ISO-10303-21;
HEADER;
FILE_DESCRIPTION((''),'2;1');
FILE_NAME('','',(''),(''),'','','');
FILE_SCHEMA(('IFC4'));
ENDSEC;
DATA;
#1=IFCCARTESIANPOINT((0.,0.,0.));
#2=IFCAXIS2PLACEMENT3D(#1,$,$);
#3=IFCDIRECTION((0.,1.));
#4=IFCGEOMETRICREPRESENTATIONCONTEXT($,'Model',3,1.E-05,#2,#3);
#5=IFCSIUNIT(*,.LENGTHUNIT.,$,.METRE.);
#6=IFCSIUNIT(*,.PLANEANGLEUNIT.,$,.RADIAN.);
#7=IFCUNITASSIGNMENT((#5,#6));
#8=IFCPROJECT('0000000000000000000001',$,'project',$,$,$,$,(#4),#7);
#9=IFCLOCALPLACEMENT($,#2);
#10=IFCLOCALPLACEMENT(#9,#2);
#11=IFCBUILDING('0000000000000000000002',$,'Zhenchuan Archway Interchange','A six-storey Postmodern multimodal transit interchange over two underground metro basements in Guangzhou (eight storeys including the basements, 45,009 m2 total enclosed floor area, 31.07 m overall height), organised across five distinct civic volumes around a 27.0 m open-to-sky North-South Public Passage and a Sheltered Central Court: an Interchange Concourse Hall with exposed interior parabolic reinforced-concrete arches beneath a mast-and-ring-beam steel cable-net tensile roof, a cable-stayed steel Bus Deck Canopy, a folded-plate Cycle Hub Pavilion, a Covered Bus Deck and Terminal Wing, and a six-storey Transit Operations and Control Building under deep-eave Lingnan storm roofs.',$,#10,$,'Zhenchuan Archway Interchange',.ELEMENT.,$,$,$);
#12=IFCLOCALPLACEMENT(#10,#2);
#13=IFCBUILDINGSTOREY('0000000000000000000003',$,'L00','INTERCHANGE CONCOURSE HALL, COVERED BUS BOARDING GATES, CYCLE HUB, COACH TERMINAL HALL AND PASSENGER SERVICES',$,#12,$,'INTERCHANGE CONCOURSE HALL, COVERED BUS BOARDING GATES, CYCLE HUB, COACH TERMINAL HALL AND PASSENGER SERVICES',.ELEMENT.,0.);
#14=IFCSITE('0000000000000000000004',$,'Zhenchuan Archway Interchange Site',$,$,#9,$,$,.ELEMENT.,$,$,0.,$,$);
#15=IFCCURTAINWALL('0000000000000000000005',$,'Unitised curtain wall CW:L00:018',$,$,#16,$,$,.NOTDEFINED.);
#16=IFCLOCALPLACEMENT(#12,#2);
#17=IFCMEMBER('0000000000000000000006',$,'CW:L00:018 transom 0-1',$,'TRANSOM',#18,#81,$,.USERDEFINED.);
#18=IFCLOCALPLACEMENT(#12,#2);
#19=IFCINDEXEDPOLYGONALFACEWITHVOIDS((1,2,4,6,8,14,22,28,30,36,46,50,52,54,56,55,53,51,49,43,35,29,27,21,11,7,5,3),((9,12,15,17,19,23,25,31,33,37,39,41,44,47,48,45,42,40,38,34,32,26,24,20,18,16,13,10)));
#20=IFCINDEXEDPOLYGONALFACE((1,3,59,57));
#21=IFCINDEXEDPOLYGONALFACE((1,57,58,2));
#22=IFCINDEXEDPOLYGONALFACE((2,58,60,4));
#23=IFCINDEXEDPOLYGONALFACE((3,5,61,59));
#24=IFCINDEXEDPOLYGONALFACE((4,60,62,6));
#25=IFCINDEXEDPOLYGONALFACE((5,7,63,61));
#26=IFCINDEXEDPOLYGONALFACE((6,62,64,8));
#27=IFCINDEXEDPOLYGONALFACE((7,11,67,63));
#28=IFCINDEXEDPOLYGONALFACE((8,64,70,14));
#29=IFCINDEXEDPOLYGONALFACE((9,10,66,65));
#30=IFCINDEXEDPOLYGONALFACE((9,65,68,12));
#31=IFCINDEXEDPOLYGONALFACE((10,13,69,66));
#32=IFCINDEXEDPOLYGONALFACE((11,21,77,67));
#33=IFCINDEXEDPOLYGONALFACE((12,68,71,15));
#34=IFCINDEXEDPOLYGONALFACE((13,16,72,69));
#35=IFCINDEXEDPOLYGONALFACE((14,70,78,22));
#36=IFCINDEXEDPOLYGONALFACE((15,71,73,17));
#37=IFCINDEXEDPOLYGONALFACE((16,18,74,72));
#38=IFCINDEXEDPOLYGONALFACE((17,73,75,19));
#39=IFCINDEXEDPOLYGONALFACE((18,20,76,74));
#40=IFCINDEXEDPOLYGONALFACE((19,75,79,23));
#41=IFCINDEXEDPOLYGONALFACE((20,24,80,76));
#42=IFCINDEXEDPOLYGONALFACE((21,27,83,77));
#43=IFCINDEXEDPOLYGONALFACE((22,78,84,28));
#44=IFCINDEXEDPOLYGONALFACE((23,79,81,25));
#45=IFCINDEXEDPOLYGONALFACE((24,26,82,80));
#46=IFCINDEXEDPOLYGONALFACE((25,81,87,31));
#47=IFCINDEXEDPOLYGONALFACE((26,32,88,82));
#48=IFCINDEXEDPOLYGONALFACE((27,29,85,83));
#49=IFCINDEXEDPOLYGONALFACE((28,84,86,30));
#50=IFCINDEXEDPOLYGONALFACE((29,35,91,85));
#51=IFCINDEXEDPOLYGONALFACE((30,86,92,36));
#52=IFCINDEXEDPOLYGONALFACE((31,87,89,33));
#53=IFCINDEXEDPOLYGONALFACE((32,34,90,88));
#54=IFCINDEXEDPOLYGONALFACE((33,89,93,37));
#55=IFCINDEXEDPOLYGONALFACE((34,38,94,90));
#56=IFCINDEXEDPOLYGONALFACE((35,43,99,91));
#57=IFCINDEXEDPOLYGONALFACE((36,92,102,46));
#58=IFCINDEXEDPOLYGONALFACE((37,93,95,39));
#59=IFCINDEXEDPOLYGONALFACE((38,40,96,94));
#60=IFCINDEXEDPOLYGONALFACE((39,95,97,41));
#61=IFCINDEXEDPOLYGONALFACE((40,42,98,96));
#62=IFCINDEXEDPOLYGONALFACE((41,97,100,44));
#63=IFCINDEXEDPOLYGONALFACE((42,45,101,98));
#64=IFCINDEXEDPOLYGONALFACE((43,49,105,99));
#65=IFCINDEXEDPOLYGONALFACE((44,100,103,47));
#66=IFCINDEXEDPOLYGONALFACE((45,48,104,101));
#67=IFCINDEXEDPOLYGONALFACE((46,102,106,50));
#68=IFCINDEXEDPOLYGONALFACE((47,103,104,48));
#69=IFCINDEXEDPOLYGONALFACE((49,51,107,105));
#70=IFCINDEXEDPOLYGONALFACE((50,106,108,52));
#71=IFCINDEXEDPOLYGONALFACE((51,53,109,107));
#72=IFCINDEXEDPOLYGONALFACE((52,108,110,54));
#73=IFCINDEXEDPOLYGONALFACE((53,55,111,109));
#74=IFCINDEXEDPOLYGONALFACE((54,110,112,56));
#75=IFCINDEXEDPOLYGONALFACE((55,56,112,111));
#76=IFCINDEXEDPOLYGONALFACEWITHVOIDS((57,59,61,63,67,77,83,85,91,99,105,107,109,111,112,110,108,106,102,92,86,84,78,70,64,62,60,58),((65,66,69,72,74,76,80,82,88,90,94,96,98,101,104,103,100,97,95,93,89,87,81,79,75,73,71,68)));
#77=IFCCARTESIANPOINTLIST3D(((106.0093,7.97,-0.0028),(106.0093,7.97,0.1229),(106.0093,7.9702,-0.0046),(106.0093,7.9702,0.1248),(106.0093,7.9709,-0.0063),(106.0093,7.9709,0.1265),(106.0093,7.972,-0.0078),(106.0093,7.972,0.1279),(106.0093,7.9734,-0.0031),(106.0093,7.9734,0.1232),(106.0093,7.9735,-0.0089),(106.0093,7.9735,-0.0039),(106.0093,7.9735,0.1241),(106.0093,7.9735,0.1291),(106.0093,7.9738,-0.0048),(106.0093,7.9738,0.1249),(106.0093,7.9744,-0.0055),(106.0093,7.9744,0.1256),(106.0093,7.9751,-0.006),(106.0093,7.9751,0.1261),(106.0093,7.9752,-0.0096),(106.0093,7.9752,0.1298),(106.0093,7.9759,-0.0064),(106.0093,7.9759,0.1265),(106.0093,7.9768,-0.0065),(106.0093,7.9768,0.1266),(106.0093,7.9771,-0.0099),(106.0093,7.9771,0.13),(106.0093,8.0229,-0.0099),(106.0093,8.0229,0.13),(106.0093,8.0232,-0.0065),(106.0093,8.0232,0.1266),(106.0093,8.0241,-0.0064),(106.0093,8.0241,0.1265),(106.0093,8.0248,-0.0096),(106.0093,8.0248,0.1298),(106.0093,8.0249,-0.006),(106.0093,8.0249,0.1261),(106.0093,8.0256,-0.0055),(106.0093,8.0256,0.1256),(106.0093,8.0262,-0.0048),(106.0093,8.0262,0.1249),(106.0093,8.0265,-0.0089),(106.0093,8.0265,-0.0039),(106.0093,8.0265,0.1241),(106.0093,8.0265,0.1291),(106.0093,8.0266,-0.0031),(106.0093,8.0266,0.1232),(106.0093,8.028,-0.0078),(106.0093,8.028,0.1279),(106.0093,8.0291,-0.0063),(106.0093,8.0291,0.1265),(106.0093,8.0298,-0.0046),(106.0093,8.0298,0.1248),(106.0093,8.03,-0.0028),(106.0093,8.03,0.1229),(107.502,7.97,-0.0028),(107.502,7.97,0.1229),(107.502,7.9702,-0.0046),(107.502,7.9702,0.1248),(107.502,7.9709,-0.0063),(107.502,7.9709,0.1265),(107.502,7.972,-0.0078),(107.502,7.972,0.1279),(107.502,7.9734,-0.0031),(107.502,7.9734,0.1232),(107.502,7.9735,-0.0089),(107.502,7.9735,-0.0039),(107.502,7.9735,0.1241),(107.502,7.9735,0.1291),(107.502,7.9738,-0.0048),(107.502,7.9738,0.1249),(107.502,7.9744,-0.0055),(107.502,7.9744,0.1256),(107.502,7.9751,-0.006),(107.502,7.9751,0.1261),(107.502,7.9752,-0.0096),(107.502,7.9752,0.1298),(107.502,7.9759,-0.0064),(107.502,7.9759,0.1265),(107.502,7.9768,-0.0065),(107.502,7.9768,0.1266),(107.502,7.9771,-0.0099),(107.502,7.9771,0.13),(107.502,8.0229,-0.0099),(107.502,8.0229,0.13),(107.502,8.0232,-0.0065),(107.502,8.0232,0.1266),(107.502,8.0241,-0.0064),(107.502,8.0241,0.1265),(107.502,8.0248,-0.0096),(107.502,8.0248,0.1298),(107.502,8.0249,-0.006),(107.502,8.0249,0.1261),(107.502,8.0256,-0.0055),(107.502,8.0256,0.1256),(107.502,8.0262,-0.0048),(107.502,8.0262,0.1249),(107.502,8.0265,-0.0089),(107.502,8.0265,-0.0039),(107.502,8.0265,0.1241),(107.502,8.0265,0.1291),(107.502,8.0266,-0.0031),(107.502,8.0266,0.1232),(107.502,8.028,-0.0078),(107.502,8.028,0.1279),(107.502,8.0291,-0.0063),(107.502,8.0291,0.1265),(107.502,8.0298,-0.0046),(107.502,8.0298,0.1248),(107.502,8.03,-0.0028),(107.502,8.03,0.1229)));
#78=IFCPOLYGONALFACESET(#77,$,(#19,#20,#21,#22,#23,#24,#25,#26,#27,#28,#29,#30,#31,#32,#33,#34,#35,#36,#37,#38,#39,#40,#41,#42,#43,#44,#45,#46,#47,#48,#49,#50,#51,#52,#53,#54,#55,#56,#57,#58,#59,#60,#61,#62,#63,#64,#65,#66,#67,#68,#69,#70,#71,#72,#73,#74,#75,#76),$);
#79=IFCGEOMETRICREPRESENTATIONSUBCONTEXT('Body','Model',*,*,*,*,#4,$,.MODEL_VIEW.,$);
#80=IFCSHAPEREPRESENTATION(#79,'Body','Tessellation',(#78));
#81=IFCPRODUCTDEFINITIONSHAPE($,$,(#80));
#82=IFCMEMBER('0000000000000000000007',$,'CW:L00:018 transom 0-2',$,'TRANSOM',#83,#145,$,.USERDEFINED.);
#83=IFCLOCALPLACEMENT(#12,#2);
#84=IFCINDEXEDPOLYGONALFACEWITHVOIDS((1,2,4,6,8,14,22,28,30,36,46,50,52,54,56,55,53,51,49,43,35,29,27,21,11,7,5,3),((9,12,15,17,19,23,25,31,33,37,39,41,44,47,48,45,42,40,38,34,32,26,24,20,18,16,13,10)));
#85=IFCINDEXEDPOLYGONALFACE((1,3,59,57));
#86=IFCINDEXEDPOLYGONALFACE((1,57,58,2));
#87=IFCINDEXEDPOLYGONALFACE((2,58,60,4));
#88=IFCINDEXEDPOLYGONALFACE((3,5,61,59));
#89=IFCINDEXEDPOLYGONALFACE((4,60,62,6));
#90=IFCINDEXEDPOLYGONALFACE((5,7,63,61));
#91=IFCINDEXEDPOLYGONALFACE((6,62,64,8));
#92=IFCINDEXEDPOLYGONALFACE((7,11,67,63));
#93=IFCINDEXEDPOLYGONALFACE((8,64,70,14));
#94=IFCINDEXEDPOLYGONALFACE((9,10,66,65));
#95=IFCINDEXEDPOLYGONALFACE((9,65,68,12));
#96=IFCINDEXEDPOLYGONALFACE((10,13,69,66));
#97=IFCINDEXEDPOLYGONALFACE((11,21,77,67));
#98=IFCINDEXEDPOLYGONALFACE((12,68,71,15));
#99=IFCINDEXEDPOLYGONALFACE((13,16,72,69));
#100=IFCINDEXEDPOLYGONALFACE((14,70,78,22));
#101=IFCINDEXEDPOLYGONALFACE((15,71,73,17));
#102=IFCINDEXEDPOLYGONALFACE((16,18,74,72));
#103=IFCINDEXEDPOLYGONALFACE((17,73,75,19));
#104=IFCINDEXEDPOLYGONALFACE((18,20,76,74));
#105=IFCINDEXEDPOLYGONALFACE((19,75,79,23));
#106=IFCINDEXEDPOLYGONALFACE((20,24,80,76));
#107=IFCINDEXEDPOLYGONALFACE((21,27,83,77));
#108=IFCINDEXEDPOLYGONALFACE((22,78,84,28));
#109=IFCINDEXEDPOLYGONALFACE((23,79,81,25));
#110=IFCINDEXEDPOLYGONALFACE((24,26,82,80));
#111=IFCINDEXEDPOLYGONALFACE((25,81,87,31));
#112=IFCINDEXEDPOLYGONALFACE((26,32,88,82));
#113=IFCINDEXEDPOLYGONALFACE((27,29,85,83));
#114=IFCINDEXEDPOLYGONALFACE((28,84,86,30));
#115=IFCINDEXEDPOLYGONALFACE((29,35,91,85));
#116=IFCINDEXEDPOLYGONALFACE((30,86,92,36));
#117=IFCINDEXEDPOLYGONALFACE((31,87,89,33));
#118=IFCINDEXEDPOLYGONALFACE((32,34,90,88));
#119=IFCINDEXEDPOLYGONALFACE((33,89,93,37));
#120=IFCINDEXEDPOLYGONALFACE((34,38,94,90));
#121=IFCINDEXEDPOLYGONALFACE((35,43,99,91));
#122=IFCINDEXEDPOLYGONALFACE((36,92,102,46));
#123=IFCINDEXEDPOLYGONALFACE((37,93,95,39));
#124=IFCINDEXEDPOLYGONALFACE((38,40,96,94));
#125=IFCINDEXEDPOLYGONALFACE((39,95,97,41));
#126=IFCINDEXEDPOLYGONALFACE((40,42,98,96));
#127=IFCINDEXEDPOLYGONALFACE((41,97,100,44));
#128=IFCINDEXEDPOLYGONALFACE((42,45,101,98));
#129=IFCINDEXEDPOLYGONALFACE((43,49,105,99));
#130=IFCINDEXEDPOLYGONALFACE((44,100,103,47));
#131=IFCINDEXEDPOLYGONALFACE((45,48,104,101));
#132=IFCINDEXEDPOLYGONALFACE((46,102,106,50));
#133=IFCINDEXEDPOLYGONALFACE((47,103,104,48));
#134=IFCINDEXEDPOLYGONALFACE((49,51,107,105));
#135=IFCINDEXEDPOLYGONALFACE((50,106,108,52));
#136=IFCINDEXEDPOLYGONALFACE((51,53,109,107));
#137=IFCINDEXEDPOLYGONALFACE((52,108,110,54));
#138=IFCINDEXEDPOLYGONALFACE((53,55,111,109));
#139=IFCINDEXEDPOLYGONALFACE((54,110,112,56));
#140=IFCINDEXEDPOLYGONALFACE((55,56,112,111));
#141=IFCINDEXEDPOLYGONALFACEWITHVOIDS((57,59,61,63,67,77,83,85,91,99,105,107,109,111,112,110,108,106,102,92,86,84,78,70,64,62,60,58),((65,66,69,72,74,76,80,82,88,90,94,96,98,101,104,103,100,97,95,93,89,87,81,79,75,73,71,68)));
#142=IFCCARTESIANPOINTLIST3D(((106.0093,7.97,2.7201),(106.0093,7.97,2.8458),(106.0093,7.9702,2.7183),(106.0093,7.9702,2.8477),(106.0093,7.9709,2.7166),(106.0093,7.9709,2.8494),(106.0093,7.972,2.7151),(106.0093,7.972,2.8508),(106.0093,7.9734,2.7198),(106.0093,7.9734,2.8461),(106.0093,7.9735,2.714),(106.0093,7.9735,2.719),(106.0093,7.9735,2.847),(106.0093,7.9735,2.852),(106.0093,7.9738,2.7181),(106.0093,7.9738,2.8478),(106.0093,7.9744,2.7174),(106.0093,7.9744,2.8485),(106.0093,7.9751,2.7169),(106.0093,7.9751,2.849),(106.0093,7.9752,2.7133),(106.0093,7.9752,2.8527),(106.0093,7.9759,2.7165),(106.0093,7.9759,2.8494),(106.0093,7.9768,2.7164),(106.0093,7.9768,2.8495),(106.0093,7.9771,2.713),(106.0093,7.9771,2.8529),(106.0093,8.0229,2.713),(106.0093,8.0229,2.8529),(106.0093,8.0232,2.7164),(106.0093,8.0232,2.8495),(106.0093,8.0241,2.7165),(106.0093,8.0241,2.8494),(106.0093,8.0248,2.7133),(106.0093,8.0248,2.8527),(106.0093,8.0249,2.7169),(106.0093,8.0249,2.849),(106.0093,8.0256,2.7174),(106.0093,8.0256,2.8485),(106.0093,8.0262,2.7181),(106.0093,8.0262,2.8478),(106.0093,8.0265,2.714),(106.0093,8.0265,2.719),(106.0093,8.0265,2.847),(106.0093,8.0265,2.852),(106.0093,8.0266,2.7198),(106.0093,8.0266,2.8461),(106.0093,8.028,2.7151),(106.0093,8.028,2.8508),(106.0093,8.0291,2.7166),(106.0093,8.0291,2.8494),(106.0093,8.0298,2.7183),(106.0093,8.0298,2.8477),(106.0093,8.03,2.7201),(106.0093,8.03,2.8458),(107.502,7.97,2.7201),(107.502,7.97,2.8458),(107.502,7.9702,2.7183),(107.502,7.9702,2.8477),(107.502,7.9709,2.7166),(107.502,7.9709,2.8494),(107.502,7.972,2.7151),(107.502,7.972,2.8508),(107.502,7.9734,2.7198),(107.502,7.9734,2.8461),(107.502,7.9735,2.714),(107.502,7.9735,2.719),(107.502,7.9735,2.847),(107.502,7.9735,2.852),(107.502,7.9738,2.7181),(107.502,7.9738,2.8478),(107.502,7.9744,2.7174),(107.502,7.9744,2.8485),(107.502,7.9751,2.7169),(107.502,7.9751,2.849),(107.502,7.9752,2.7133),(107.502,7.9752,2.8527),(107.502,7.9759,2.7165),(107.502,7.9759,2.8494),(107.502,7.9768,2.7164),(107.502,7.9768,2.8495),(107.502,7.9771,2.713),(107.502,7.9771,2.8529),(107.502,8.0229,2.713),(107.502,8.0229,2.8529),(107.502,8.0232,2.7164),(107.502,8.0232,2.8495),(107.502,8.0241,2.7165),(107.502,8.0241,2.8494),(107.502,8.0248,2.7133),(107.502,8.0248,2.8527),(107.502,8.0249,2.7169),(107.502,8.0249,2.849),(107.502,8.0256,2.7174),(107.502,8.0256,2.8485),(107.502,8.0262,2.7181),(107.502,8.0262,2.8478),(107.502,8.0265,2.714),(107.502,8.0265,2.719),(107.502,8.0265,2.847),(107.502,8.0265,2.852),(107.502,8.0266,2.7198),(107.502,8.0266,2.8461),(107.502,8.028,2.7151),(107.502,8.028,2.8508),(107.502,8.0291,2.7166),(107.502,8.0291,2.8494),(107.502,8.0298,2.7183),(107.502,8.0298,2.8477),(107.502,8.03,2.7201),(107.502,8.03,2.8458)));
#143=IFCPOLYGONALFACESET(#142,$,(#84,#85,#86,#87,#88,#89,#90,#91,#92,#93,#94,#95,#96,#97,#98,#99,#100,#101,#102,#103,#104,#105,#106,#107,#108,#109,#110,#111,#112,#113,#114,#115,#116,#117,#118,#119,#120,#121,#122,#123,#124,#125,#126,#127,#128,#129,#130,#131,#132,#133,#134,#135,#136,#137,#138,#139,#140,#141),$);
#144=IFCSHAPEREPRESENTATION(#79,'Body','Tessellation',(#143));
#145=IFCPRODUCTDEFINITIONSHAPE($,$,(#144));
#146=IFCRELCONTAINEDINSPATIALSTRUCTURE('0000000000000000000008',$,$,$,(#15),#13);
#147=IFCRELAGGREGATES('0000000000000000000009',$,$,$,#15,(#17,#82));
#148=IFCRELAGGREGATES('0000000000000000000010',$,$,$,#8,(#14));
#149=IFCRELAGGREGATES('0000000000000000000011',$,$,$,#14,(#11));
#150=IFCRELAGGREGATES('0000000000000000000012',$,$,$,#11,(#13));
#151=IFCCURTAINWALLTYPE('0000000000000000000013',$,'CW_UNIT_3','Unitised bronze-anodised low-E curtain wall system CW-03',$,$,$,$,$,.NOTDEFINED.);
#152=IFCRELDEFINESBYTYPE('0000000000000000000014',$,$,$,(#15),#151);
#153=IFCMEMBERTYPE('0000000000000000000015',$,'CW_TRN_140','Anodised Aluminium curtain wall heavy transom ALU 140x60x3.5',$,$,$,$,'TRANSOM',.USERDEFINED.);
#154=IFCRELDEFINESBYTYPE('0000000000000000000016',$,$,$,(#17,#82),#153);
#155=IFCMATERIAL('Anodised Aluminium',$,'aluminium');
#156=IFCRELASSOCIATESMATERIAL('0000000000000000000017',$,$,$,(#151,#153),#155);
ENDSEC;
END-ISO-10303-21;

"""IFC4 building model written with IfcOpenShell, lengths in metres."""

from ifc_helpers import new_model, si_unit, direction, frame, origin, origin_2d, place, context, subcontext, project, spatial, hollow_rectangle, extrude, material, material_profile, profile_set, type_object, element, aggregate, save


model = new_model("IFC4")

# Units and contexts
model_context = context("Model", 3, precision=1e-05, world=origin(), true_north=direction((0.0, 1.0)))
body_context = subcontext(model_context, "Body", "Model", "MODEL_VIEW")
ifc_project = project(units=[si_unit("LENGTHUNIT", "METRE"), si_unit("PLANEANGLEUNIT", "RADIAN")], contexts=[model_context])

# Site, building, storey
site_placement = place(None, origin())
site = spatial("IfcSite", under=ifc_project, at=site_placement, Name="Zhenchuan Archway Interchange Site", CompositionType="ELEMENT", RefElevation=0.0)
building_placement = place(site_placement, origin())
building = spatial("IfcBuilding", under=site, at=building_placement, Name="Zhenchuan Archway Interchange", Description="A six-storey Postmodern multimodal transit interchange over two underground metro basements in Guangzhou (eight storeys including the basements, 45,009 m2 total enclosed floor area, 31.07 m overall height), organised across five distinct civic volumes around a 27.0 m open-to-sky North-South Public Passage and a Sheltered Central Court: an Interchange Concourse Hall with exposed interior parabolic reinforced-concrete arches beneath a mast-and-ring-beam steel cable-net tensile roof, a cable-stayed steel Bus Deck Canopy, a folded-plate Cycle Hub Pavilion, a Covered Bus Deck and Terminal Wing, and a six-storey Transit Operations and Control Building under deep-eave Lingnan storm roofs.", LongName="Zhenchuan Archway Interchange", CompositionType="ELEMENT")
storey_placement = place(building_placement, origin())
storey = spatial("IfcBuildingStorey", under=building, at=storey_placement, Name="L00", Description="INTERCHANGE CONCOURSE HALL, COVERED BUS BOARDING GATES, CYCLE HUB, COACH TERMINAL HALL AND PASSENGER SERVICES", LongName="INTERCHANGE CONCOURSE HALL, COVERED BUS BOARDING GATES, CYCLE HUB, COACH TERMINAL HALL AND PASSENGER SERVICES", CompositionType="ELEMENT", Elevation=0.0)

# Curtain wall, members
ifc_material_1 = material(Name="Anodised Aluminium", Category="aluminium")
curtain_wall_type = type_object("IfcCurtainWallType", Name="CW_UNIT_3", Description="Unitised bronze-anodised low-E curtain wall system CW-03", PredefinedType="NOTDEFINED", material=ifc_material_1)
curtain_wall_placement = place(storey_placement, origin())
curtain_wall = element("IfcCurtainWall", 1, at=curtain_wall_placement, inside=storey, type_object=curtain_wall_type, Name="Unitised curtain wall CW:L00:018", PredefinedType="NOTDEFINED")
ifc_material_profile_1 = material_profile(ifc_material_1, hollow_rectangle(XDim=0.0601, YDim=0.1399, WallThickness=0.0034, InnerFilletRadius=0.0034, OuterFilletRadius=0.0071, at=origin_2d()), Name="ALU 140x60x3.5")
ifc_profile_set_1 = profile_set([ifc_material_profile_1], Name="Anodised Aluminium")
member_type_1 = type_object("IfcMemberType", Name="CW_TRN_140", Description="Anodised Aluminium curtain wall heavy transom ALU 140x60x3.5", ElementType="TRANSOM", PredefinedType="USERDEFINED", material=ifc_profile_set_1)
member_1_placement = place(storey_placement, frame((107.502, 8.0, 0.0601), z_axis=(-1.0, 0.0, 0.0), x_axis=(0.0, -1.0, 0.0)))
member_1 = element("IfcMember", 2, at=member_1_placement, type_object=member_type_1, Name="CW:L00:018 transom 0-1", ObjectType="TRANSOM", PredefinedType="USERDEFINED", context=body_context, shape_type="SweptSolid", body=[
    extrude(hollow_rectangle(XDim=0.0601, YDim=0.1399, WallThickness=0.0034, InnerFilletRadius=0.0034, OuterFilletRadius=0.0071, at=origin_2d()), origin(), (0.0, 0.0, 1.0), 1.4927),
])
member_2_placement = place(storey_placement, frame((107.502, 8.0, 2.783), z_axis=(-1.0, 0.0, 0.0), x_axis=(0.0, -1.0, 0.0)))
member_2 = element("IfcMember", 3, at=member_2_placement, type_object=member_type_1, Name="CW:L00:018 transom 0-2", ObjectType="TRANSOM", PredefinedType="USERDEFINED", context=body_context, shape_type="SweptSolid", body=[
    extrude(hollow_rectangle(XDim=0.0601, YDim=0.1399, WallThickness=0.0034, InnerFilletRadius=0.0034, OuterFilletRadius=0.0071, at=origin_2d()), origin(), (0.0, 0.0, 1.0), 1.4927),
])

aggregate(curtain_wall, [member_1, member_2])

save(model, "model.ifc")
